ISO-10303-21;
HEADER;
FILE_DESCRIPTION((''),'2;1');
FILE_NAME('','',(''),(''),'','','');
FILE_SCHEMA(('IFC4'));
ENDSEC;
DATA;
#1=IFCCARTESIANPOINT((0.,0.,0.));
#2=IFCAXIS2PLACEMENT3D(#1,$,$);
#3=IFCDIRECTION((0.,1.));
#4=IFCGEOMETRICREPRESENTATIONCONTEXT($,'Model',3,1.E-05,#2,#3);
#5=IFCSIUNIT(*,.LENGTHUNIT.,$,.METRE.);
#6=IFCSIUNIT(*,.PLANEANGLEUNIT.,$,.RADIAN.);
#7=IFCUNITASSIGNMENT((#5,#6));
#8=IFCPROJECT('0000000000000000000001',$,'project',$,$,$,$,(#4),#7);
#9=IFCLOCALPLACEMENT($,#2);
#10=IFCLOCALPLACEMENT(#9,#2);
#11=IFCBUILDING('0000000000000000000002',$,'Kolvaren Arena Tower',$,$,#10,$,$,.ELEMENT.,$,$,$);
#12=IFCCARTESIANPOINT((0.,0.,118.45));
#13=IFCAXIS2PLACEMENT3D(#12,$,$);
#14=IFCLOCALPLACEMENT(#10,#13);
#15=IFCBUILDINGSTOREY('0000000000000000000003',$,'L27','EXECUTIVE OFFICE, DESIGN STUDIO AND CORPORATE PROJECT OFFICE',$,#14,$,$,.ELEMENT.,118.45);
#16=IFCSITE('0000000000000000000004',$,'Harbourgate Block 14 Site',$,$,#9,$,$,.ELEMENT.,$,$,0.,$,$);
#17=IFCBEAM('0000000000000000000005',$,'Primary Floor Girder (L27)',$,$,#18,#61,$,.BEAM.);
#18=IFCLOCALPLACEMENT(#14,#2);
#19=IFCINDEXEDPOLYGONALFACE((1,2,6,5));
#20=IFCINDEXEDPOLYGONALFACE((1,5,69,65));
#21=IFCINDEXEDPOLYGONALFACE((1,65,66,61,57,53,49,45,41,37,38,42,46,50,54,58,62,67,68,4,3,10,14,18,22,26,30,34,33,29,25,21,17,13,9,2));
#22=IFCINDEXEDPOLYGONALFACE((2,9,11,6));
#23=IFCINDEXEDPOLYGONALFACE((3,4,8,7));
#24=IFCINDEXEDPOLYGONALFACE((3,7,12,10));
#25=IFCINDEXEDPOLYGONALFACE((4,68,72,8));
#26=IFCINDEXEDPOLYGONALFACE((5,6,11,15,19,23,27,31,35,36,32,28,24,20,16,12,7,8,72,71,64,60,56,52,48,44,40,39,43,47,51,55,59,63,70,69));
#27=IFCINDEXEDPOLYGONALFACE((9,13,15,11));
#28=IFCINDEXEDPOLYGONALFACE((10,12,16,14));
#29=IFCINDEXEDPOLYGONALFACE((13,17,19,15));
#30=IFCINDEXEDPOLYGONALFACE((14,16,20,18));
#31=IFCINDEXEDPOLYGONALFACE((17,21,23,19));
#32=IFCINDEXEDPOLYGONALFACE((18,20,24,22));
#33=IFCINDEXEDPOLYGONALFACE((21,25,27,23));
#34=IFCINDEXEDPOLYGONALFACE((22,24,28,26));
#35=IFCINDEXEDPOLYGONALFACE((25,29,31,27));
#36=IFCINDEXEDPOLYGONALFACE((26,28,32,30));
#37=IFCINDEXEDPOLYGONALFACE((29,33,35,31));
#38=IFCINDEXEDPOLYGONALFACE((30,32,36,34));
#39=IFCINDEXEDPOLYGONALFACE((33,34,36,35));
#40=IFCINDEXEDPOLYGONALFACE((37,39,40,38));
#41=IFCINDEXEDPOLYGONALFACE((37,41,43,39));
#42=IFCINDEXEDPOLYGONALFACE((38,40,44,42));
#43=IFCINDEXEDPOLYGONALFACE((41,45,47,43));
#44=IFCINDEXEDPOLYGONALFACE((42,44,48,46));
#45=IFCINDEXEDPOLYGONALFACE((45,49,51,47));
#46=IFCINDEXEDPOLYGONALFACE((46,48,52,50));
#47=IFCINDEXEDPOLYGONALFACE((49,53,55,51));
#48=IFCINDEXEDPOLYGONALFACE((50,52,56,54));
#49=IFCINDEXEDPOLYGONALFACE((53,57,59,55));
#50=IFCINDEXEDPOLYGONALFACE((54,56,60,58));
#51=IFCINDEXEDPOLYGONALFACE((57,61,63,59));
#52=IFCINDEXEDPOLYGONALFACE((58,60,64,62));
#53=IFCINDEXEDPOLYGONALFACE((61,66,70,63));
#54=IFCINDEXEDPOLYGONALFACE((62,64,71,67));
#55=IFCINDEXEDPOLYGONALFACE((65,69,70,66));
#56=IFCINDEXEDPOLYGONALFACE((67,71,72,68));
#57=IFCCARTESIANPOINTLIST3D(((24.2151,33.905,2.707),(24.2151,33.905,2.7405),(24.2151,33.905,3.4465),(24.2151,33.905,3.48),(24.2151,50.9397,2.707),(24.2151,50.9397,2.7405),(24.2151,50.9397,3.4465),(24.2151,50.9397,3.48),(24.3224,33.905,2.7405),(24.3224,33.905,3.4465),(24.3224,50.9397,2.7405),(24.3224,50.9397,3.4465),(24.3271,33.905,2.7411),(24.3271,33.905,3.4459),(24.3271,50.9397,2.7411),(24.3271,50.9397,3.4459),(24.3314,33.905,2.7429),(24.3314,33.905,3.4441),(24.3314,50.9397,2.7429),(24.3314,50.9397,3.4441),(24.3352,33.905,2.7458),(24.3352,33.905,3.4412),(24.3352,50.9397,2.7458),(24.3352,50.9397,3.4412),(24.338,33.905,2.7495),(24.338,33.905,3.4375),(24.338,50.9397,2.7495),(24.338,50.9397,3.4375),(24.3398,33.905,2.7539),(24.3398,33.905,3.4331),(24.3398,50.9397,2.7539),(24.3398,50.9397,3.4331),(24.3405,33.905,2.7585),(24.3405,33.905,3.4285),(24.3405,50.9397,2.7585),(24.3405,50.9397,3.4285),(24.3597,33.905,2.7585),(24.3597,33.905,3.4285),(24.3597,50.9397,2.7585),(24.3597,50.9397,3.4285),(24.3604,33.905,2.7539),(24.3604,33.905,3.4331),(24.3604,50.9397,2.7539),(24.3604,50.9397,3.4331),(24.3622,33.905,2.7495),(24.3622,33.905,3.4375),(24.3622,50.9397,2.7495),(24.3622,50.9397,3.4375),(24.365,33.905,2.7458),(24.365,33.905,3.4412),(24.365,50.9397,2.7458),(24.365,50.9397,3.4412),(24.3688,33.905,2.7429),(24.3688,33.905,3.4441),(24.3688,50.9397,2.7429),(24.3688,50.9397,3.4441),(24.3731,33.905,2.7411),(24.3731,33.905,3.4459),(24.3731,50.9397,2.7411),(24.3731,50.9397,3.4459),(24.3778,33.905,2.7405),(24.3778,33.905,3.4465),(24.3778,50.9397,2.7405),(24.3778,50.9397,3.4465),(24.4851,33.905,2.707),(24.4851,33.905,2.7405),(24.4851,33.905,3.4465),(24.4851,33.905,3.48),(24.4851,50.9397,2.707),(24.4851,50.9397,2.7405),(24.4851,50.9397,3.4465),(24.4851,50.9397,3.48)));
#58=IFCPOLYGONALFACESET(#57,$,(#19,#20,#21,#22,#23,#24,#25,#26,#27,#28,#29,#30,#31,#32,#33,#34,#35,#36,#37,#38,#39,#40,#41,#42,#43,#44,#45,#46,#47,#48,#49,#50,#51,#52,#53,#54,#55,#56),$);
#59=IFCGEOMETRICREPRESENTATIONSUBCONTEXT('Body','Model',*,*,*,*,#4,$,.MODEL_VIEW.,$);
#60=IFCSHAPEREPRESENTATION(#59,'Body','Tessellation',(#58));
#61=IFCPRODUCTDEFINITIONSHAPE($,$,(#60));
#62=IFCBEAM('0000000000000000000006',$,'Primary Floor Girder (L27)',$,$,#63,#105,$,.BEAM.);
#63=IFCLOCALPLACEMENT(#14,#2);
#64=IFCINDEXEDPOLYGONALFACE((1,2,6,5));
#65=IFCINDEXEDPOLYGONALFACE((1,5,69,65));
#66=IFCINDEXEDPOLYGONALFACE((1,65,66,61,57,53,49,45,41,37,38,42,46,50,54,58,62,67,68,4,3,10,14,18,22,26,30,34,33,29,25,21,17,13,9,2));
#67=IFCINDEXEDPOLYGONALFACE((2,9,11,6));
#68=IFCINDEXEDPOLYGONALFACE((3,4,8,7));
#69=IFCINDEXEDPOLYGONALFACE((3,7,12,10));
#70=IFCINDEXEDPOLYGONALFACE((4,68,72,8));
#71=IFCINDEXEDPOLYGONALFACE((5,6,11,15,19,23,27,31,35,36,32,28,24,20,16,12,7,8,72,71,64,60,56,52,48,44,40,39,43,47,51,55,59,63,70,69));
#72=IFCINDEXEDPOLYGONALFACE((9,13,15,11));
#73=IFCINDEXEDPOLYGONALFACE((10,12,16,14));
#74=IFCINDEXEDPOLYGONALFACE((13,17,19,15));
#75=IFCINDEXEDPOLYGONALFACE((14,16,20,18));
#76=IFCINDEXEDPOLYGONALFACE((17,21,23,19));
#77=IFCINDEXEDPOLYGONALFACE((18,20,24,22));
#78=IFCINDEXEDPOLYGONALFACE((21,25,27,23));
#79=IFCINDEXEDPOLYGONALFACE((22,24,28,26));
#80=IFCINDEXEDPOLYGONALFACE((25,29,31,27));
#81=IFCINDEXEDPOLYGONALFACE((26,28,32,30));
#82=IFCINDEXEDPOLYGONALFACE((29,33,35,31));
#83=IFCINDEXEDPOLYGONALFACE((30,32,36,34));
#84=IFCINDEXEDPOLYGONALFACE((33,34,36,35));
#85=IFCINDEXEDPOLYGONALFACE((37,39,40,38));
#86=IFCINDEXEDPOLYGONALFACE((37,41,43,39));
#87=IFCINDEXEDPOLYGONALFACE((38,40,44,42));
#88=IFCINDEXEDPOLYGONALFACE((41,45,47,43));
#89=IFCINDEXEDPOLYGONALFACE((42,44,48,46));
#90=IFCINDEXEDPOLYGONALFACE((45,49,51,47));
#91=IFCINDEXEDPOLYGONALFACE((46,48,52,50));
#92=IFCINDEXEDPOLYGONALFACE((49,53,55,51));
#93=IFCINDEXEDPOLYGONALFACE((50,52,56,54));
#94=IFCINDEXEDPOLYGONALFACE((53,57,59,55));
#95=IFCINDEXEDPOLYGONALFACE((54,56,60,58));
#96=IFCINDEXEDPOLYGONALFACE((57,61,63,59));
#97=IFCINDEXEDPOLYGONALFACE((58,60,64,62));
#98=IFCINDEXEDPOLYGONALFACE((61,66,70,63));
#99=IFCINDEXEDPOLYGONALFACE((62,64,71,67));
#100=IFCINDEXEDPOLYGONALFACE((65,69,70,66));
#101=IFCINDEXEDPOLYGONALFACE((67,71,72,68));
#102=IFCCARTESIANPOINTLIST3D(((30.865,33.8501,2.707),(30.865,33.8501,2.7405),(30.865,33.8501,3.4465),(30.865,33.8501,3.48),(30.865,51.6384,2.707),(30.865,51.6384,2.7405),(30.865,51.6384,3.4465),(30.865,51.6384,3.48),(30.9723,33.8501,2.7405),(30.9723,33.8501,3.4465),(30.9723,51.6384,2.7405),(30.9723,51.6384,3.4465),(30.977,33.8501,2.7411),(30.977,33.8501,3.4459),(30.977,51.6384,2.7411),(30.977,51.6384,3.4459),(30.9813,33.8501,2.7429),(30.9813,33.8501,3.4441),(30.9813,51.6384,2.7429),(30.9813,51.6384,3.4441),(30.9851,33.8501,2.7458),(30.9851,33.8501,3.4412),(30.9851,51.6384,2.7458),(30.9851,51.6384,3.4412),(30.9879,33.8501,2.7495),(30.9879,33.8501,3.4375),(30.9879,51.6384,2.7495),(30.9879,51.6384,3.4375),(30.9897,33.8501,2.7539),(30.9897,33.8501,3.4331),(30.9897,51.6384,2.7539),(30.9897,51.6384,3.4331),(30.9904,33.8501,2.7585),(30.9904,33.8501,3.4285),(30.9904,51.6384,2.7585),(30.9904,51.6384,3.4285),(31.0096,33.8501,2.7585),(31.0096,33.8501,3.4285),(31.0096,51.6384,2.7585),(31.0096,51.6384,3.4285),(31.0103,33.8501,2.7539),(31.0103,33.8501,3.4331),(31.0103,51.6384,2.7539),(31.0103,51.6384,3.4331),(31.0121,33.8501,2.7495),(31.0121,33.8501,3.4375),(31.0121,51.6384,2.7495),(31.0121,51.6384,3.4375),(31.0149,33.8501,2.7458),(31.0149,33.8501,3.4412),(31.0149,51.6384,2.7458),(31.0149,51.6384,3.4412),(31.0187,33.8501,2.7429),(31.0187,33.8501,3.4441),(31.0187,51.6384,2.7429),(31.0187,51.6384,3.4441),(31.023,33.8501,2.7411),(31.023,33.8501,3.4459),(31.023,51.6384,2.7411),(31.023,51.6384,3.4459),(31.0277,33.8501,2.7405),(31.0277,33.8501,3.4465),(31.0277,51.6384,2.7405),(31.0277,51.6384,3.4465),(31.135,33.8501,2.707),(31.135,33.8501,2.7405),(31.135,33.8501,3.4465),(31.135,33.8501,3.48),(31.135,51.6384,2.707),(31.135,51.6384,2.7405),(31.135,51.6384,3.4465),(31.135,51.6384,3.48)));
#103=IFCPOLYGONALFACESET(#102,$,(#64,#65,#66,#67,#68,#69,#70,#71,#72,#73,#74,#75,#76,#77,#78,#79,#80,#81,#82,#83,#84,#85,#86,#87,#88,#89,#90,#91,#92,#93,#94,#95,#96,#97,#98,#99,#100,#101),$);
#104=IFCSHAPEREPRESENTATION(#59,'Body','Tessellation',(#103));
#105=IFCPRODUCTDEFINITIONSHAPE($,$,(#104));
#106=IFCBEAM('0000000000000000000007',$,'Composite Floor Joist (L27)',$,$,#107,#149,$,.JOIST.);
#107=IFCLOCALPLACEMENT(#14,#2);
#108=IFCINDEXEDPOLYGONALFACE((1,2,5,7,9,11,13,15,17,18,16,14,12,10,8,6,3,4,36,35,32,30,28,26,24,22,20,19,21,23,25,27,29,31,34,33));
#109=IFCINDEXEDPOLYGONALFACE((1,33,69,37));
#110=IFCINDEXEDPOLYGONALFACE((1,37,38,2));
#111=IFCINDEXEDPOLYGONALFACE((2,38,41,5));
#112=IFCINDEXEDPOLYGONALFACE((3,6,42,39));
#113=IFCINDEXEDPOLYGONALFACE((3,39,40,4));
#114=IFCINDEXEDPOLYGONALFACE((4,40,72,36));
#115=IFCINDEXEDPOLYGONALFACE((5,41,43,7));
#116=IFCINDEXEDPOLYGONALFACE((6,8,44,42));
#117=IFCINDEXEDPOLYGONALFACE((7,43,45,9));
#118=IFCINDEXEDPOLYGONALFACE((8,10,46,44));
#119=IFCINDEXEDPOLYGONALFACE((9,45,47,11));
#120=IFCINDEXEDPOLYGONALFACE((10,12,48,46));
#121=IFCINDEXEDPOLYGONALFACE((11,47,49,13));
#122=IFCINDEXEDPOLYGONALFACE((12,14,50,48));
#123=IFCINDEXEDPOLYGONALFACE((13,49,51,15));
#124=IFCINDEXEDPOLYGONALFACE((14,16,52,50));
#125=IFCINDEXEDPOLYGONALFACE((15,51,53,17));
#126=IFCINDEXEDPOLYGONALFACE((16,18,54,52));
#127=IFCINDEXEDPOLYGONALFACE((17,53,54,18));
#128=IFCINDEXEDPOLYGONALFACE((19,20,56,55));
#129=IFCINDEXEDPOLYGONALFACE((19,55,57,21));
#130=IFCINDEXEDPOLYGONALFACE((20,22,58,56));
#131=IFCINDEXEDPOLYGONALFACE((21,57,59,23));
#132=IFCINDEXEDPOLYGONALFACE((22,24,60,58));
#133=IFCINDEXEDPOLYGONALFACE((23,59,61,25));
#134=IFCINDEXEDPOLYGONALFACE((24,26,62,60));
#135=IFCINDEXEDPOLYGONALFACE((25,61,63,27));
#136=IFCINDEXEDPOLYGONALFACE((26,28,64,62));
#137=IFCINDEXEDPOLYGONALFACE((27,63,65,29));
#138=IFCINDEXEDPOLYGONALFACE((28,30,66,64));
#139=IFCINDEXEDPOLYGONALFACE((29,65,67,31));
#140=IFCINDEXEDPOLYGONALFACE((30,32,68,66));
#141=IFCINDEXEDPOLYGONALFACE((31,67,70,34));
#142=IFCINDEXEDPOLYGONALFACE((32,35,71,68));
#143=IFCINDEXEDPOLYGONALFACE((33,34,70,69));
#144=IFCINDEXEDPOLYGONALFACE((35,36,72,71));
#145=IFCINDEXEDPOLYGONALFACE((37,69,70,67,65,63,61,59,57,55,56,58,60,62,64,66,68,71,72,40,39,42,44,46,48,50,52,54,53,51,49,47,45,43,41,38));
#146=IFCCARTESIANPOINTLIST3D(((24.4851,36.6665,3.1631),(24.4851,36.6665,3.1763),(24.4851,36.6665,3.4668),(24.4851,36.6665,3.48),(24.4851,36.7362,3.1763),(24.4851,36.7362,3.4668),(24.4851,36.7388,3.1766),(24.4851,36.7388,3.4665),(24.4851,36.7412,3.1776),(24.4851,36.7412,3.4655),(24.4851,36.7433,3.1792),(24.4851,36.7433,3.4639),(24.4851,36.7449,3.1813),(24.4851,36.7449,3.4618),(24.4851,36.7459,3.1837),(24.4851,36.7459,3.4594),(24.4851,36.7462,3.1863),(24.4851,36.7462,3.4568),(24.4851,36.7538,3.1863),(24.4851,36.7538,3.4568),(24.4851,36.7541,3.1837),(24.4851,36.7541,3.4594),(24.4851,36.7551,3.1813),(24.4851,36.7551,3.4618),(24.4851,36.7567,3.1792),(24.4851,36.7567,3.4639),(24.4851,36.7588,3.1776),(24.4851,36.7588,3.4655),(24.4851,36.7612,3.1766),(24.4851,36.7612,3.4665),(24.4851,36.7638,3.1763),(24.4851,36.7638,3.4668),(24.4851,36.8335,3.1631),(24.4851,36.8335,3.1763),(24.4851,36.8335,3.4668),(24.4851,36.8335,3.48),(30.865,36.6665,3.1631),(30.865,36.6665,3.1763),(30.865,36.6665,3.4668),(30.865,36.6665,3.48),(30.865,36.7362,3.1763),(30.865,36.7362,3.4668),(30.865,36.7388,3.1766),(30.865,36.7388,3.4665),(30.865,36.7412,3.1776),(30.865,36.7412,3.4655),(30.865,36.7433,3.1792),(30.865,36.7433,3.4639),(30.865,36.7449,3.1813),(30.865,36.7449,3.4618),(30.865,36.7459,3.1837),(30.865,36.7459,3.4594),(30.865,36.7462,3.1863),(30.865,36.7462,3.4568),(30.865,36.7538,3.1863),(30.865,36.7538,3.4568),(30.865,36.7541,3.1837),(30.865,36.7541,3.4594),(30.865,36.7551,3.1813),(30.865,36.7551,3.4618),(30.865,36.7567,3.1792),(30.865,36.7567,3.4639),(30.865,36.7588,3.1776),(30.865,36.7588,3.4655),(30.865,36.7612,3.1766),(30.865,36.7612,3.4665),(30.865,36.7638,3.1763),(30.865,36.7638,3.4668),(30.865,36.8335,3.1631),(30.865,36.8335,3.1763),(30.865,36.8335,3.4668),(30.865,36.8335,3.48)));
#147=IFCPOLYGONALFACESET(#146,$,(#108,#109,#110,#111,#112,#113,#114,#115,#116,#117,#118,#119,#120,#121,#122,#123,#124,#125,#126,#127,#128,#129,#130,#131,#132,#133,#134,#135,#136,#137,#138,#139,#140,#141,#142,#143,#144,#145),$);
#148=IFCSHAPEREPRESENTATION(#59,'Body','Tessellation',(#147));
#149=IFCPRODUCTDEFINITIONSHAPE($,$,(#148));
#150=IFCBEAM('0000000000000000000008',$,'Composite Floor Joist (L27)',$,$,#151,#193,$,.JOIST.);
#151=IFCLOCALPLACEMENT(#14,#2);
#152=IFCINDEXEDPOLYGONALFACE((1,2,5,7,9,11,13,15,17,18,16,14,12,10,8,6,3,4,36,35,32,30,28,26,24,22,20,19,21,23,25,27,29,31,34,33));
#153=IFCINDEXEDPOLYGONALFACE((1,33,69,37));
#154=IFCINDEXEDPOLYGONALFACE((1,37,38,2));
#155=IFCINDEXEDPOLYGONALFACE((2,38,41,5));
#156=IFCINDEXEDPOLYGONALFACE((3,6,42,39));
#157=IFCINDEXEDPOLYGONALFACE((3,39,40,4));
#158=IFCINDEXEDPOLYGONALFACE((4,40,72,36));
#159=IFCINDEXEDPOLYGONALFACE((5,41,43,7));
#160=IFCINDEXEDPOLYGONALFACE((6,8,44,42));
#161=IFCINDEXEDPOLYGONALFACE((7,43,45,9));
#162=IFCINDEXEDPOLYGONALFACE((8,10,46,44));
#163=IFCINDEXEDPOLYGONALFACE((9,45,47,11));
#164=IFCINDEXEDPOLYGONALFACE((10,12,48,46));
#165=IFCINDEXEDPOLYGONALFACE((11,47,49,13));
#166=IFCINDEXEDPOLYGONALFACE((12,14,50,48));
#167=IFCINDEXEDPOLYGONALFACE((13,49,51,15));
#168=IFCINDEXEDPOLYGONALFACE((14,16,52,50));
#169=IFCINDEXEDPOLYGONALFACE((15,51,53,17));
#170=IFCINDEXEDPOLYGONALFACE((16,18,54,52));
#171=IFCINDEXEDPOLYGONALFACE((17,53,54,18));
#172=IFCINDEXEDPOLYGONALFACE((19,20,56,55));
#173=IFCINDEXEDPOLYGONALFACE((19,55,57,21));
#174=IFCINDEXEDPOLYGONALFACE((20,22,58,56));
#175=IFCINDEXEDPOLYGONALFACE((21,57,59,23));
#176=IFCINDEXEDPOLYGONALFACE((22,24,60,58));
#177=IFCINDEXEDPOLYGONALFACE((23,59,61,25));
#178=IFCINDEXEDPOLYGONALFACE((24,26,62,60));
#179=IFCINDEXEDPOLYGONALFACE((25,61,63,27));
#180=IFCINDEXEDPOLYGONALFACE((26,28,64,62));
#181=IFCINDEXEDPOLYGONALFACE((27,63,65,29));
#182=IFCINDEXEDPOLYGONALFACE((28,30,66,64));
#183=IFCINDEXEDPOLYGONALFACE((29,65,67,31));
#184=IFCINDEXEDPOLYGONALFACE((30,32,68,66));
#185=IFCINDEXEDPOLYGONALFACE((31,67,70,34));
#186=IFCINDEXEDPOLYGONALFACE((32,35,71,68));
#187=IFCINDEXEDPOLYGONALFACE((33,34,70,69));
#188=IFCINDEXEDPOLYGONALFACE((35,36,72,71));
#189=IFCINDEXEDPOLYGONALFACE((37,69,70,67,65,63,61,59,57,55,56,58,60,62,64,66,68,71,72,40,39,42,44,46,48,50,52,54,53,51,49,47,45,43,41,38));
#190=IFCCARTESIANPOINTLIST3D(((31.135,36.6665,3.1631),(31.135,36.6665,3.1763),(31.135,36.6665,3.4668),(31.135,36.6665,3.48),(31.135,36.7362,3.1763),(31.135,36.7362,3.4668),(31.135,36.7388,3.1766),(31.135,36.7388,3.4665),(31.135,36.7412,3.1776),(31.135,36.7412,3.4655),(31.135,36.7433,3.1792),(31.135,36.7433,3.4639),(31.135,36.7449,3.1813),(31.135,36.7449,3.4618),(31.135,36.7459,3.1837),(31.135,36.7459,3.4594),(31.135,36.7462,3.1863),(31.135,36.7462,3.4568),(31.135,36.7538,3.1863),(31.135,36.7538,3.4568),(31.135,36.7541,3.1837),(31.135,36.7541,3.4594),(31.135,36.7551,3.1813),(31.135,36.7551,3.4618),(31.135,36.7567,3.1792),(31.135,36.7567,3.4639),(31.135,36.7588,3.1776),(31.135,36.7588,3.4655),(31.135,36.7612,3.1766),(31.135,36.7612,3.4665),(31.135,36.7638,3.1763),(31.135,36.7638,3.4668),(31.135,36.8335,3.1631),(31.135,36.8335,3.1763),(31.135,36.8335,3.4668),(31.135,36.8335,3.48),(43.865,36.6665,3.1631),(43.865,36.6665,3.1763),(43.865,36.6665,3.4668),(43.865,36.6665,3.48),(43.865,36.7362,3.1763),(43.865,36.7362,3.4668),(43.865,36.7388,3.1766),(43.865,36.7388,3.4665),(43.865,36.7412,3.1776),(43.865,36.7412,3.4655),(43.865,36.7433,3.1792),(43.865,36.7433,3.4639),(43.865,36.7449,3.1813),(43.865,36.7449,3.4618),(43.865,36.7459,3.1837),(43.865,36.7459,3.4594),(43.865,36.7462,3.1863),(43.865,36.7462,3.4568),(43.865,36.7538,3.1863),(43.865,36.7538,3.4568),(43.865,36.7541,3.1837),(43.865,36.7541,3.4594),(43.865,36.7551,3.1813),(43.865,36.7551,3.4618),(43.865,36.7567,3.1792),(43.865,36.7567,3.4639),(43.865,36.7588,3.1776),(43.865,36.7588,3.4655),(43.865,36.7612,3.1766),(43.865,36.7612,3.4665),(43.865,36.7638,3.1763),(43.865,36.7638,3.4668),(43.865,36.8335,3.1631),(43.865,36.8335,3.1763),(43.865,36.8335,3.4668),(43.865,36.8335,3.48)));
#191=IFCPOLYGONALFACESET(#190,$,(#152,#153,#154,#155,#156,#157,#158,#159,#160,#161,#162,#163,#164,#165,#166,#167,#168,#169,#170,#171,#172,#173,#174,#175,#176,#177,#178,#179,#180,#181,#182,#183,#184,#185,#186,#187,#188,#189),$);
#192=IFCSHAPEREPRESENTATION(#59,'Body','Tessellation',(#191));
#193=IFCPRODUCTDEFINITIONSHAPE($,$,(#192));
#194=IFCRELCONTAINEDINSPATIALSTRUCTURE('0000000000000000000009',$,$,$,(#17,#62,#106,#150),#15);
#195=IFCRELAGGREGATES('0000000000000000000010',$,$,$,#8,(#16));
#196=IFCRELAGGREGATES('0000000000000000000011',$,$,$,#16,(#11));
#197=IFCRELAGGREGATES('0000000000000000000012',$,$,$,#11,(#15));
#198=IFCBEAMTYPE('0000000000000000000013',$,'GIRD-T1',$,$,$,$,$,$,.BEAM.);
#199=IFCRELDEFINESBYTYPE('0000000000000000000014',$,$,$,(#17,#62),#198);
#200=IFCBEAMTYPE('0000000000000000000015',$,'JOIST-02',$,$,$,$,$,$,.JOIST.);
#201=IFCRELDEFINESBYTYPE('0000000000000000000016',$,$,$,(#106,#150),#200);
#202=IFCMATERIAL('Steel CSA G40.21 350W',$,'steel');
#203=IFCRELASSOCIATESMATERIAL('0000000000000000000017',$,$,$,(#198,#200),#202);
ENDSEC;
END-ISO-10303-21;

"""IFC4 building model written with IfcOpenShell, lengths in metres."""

from ifc_helpers import new_model, si_unit, direction, frame, origin, origin_2d, place, context, subcontext, project, spatial, i_section, extrude, material, material_profile, profile_set, type_object, element, save


model = new_model("IFC4")

# Units and contexts
model_context = context("Model", 3, precision=1e-05, world=origin(), true_north=direction((0.0, 1.0)))
body_context = subcontext(model_context, "Body", "Model", "MODEL_VIEW")
ifc_project = project(units=[si_unit("LENGTHUNIT", "METRE"), si_unit("PLANEANGLEUNIT", "RADIAN")], contexts=[model_context])

# Site, building, storey
site_placement = place(None, origin())
site = spatial("IfcSite", under=ifc_project, at=site_placement, Name="Harbourgate Block 14 Site", CompositionType="ELEMENT", RefElevation=0.0)
building_placement = place(site_placement, origin())
building = spatial("IfcBuilding", under=site, at=building_placement, Name="Kolvaren Arena Tower", CompositionType="ELEMENT")
storey_placement = place(building_placement, frame((0.0, 0.0, 118.45)))
storey = spatial("IfcBuildingStorey", under=building, at=storey_placement, Name="L27", Description="EXECUTIVE OFFICE, DESIGN STUDIO AND CORPORATE PROJECT OFFICE", CompositionType="ELEMENT", Elevation=118.45)

# Beams
ifc_material_1 = material(Name="Steel CSA G40.21 350W", Category="steel")
ifc_material_profile_1 = material_profile(ifc_material_1, i_section(OverallWidth=0.27, OverallDepth=0.7729, WebThickness=0.0193, FlangeThickness=0.0334, FilletRadius=0.0181, at=origin_2d()), Name="W760x257")
ifc_profile_set_1 = profile_set([ifc_material_profile_1], Name="Steel CSA G40.21 350W")
beam_type_1 = type_object("IfcBeamType", Name="GIRD-T1", PredefinedType="BEAM", material=ifc_profile_set_1)
beam_1_placement = place(storey_placement, frame((24.3501, 33.905, 3.0935), z_axis=(0.0, 1.0, 0.0), x_axis=(-1.0, 0.0, 0.0)))
element("IfcBeam", 1, at=beam_1_placement, inside=storey, type_object=beam_type_1, Name="Primary Floor Girder (L27)", PredefinedType="BEAM", context=body_context, shape_type="SweptSolid", body=[
    extrude(i_section(OverallWidth=0.27, OverallDepth=0.7729, WebThickness=0.0193, FlangeThickness=0.0334, FilletRadius=0.0181, at=origin_2d()), origin(), (0.0, 0.0, 1.0), 17.0347),
])
beam_2_placement = place(storey_placement, frame((31.0, 33.8501, 3.0935), z_axis=(0.0, 1.0, 0.0), x_axis=(-1.0, 0.0, 0.0)))
element("IfcBeam", 2, at=beam_2_placement, inside=storey, type_object=beam_type_1, Name="Primary Floor Girder (L27)", PredefinedType="BEAM", context=body_context, shape_type="SweptSolid", body=[
    extrude(i_section(OverallWidth=0.27, OverallDepth=0.7729, WebThickness=0.0193, FlangeThickness=0.0334, FilletRadius=0.0181, at=origin_2d()), origin(), (0.0, 0.0, 1.0), 17.7883),
])
ifc_material_profile_2 = material_profile(ifc_material_1, i_section(OverallWidth=0.167, OverallDepth=0.3169, WebThickness=0.0076, FlangeThickness=0.0132, FilletRadius=0.01, at=origin_2d()), Name="W310x52")
ifc_profile_set_2 = profile_set([ifc_material_profile_2], Name="Steel CSA G40.21 350W")
beam_type_2 = type_object("IfcBeamType", Name="JOIST-02", PredefinedType="JOIST", material=ifc_profile_set_2)
beam_3_placement = place(storey_placement, frame((24.4851, 36.75, 3.3215), z_axis=(1.0, 0.0, 0.0), x_axis=(0.0, 1.0, 0.0)))
element("IfcBeam", 3, at=beam_3_placement, inside=storey, type_object=beam_type_2, Name="Composite Floor Joist (L27)", PredefinedType="JOIST", context=body_context, shape_type="SweptSolid", body=[
    extrude(i_section(OverallWidth=0.167, OverallDepth=0.3169, WebThickness=0.0076, FlangeThickness=0.0132, FilletRadius=0.01, at=origin_2d()), origin(), (0.0, 0.0, 1.0), 6.3799),
])
beam_4_placement = place(storey_placement, frame((31.135, 36.75, 3.3215), z_axis=(1.0, 0.0, 0.0), x_axis=(0.0, 1.0, 0.0)))
element("IfcBeam", 4, at=beam_4_placement, inside=storey, type_object=beam_type_2, Name="Composite Floor Joist (L27)", PredefinedType="JOIST", context=body_context, shape_type="SweptSolid", body=[
    extrude(i_section(OverallWidth=0.167, OverallDepth=0.3169, WebThickness=0.0076, FlangeThickness=0.0132, FilletRadius=0.01, at=origin_2d()), origin(), (0.0, 0.0, 1.0), 12.73),
])

save(model, "model.ifc")
